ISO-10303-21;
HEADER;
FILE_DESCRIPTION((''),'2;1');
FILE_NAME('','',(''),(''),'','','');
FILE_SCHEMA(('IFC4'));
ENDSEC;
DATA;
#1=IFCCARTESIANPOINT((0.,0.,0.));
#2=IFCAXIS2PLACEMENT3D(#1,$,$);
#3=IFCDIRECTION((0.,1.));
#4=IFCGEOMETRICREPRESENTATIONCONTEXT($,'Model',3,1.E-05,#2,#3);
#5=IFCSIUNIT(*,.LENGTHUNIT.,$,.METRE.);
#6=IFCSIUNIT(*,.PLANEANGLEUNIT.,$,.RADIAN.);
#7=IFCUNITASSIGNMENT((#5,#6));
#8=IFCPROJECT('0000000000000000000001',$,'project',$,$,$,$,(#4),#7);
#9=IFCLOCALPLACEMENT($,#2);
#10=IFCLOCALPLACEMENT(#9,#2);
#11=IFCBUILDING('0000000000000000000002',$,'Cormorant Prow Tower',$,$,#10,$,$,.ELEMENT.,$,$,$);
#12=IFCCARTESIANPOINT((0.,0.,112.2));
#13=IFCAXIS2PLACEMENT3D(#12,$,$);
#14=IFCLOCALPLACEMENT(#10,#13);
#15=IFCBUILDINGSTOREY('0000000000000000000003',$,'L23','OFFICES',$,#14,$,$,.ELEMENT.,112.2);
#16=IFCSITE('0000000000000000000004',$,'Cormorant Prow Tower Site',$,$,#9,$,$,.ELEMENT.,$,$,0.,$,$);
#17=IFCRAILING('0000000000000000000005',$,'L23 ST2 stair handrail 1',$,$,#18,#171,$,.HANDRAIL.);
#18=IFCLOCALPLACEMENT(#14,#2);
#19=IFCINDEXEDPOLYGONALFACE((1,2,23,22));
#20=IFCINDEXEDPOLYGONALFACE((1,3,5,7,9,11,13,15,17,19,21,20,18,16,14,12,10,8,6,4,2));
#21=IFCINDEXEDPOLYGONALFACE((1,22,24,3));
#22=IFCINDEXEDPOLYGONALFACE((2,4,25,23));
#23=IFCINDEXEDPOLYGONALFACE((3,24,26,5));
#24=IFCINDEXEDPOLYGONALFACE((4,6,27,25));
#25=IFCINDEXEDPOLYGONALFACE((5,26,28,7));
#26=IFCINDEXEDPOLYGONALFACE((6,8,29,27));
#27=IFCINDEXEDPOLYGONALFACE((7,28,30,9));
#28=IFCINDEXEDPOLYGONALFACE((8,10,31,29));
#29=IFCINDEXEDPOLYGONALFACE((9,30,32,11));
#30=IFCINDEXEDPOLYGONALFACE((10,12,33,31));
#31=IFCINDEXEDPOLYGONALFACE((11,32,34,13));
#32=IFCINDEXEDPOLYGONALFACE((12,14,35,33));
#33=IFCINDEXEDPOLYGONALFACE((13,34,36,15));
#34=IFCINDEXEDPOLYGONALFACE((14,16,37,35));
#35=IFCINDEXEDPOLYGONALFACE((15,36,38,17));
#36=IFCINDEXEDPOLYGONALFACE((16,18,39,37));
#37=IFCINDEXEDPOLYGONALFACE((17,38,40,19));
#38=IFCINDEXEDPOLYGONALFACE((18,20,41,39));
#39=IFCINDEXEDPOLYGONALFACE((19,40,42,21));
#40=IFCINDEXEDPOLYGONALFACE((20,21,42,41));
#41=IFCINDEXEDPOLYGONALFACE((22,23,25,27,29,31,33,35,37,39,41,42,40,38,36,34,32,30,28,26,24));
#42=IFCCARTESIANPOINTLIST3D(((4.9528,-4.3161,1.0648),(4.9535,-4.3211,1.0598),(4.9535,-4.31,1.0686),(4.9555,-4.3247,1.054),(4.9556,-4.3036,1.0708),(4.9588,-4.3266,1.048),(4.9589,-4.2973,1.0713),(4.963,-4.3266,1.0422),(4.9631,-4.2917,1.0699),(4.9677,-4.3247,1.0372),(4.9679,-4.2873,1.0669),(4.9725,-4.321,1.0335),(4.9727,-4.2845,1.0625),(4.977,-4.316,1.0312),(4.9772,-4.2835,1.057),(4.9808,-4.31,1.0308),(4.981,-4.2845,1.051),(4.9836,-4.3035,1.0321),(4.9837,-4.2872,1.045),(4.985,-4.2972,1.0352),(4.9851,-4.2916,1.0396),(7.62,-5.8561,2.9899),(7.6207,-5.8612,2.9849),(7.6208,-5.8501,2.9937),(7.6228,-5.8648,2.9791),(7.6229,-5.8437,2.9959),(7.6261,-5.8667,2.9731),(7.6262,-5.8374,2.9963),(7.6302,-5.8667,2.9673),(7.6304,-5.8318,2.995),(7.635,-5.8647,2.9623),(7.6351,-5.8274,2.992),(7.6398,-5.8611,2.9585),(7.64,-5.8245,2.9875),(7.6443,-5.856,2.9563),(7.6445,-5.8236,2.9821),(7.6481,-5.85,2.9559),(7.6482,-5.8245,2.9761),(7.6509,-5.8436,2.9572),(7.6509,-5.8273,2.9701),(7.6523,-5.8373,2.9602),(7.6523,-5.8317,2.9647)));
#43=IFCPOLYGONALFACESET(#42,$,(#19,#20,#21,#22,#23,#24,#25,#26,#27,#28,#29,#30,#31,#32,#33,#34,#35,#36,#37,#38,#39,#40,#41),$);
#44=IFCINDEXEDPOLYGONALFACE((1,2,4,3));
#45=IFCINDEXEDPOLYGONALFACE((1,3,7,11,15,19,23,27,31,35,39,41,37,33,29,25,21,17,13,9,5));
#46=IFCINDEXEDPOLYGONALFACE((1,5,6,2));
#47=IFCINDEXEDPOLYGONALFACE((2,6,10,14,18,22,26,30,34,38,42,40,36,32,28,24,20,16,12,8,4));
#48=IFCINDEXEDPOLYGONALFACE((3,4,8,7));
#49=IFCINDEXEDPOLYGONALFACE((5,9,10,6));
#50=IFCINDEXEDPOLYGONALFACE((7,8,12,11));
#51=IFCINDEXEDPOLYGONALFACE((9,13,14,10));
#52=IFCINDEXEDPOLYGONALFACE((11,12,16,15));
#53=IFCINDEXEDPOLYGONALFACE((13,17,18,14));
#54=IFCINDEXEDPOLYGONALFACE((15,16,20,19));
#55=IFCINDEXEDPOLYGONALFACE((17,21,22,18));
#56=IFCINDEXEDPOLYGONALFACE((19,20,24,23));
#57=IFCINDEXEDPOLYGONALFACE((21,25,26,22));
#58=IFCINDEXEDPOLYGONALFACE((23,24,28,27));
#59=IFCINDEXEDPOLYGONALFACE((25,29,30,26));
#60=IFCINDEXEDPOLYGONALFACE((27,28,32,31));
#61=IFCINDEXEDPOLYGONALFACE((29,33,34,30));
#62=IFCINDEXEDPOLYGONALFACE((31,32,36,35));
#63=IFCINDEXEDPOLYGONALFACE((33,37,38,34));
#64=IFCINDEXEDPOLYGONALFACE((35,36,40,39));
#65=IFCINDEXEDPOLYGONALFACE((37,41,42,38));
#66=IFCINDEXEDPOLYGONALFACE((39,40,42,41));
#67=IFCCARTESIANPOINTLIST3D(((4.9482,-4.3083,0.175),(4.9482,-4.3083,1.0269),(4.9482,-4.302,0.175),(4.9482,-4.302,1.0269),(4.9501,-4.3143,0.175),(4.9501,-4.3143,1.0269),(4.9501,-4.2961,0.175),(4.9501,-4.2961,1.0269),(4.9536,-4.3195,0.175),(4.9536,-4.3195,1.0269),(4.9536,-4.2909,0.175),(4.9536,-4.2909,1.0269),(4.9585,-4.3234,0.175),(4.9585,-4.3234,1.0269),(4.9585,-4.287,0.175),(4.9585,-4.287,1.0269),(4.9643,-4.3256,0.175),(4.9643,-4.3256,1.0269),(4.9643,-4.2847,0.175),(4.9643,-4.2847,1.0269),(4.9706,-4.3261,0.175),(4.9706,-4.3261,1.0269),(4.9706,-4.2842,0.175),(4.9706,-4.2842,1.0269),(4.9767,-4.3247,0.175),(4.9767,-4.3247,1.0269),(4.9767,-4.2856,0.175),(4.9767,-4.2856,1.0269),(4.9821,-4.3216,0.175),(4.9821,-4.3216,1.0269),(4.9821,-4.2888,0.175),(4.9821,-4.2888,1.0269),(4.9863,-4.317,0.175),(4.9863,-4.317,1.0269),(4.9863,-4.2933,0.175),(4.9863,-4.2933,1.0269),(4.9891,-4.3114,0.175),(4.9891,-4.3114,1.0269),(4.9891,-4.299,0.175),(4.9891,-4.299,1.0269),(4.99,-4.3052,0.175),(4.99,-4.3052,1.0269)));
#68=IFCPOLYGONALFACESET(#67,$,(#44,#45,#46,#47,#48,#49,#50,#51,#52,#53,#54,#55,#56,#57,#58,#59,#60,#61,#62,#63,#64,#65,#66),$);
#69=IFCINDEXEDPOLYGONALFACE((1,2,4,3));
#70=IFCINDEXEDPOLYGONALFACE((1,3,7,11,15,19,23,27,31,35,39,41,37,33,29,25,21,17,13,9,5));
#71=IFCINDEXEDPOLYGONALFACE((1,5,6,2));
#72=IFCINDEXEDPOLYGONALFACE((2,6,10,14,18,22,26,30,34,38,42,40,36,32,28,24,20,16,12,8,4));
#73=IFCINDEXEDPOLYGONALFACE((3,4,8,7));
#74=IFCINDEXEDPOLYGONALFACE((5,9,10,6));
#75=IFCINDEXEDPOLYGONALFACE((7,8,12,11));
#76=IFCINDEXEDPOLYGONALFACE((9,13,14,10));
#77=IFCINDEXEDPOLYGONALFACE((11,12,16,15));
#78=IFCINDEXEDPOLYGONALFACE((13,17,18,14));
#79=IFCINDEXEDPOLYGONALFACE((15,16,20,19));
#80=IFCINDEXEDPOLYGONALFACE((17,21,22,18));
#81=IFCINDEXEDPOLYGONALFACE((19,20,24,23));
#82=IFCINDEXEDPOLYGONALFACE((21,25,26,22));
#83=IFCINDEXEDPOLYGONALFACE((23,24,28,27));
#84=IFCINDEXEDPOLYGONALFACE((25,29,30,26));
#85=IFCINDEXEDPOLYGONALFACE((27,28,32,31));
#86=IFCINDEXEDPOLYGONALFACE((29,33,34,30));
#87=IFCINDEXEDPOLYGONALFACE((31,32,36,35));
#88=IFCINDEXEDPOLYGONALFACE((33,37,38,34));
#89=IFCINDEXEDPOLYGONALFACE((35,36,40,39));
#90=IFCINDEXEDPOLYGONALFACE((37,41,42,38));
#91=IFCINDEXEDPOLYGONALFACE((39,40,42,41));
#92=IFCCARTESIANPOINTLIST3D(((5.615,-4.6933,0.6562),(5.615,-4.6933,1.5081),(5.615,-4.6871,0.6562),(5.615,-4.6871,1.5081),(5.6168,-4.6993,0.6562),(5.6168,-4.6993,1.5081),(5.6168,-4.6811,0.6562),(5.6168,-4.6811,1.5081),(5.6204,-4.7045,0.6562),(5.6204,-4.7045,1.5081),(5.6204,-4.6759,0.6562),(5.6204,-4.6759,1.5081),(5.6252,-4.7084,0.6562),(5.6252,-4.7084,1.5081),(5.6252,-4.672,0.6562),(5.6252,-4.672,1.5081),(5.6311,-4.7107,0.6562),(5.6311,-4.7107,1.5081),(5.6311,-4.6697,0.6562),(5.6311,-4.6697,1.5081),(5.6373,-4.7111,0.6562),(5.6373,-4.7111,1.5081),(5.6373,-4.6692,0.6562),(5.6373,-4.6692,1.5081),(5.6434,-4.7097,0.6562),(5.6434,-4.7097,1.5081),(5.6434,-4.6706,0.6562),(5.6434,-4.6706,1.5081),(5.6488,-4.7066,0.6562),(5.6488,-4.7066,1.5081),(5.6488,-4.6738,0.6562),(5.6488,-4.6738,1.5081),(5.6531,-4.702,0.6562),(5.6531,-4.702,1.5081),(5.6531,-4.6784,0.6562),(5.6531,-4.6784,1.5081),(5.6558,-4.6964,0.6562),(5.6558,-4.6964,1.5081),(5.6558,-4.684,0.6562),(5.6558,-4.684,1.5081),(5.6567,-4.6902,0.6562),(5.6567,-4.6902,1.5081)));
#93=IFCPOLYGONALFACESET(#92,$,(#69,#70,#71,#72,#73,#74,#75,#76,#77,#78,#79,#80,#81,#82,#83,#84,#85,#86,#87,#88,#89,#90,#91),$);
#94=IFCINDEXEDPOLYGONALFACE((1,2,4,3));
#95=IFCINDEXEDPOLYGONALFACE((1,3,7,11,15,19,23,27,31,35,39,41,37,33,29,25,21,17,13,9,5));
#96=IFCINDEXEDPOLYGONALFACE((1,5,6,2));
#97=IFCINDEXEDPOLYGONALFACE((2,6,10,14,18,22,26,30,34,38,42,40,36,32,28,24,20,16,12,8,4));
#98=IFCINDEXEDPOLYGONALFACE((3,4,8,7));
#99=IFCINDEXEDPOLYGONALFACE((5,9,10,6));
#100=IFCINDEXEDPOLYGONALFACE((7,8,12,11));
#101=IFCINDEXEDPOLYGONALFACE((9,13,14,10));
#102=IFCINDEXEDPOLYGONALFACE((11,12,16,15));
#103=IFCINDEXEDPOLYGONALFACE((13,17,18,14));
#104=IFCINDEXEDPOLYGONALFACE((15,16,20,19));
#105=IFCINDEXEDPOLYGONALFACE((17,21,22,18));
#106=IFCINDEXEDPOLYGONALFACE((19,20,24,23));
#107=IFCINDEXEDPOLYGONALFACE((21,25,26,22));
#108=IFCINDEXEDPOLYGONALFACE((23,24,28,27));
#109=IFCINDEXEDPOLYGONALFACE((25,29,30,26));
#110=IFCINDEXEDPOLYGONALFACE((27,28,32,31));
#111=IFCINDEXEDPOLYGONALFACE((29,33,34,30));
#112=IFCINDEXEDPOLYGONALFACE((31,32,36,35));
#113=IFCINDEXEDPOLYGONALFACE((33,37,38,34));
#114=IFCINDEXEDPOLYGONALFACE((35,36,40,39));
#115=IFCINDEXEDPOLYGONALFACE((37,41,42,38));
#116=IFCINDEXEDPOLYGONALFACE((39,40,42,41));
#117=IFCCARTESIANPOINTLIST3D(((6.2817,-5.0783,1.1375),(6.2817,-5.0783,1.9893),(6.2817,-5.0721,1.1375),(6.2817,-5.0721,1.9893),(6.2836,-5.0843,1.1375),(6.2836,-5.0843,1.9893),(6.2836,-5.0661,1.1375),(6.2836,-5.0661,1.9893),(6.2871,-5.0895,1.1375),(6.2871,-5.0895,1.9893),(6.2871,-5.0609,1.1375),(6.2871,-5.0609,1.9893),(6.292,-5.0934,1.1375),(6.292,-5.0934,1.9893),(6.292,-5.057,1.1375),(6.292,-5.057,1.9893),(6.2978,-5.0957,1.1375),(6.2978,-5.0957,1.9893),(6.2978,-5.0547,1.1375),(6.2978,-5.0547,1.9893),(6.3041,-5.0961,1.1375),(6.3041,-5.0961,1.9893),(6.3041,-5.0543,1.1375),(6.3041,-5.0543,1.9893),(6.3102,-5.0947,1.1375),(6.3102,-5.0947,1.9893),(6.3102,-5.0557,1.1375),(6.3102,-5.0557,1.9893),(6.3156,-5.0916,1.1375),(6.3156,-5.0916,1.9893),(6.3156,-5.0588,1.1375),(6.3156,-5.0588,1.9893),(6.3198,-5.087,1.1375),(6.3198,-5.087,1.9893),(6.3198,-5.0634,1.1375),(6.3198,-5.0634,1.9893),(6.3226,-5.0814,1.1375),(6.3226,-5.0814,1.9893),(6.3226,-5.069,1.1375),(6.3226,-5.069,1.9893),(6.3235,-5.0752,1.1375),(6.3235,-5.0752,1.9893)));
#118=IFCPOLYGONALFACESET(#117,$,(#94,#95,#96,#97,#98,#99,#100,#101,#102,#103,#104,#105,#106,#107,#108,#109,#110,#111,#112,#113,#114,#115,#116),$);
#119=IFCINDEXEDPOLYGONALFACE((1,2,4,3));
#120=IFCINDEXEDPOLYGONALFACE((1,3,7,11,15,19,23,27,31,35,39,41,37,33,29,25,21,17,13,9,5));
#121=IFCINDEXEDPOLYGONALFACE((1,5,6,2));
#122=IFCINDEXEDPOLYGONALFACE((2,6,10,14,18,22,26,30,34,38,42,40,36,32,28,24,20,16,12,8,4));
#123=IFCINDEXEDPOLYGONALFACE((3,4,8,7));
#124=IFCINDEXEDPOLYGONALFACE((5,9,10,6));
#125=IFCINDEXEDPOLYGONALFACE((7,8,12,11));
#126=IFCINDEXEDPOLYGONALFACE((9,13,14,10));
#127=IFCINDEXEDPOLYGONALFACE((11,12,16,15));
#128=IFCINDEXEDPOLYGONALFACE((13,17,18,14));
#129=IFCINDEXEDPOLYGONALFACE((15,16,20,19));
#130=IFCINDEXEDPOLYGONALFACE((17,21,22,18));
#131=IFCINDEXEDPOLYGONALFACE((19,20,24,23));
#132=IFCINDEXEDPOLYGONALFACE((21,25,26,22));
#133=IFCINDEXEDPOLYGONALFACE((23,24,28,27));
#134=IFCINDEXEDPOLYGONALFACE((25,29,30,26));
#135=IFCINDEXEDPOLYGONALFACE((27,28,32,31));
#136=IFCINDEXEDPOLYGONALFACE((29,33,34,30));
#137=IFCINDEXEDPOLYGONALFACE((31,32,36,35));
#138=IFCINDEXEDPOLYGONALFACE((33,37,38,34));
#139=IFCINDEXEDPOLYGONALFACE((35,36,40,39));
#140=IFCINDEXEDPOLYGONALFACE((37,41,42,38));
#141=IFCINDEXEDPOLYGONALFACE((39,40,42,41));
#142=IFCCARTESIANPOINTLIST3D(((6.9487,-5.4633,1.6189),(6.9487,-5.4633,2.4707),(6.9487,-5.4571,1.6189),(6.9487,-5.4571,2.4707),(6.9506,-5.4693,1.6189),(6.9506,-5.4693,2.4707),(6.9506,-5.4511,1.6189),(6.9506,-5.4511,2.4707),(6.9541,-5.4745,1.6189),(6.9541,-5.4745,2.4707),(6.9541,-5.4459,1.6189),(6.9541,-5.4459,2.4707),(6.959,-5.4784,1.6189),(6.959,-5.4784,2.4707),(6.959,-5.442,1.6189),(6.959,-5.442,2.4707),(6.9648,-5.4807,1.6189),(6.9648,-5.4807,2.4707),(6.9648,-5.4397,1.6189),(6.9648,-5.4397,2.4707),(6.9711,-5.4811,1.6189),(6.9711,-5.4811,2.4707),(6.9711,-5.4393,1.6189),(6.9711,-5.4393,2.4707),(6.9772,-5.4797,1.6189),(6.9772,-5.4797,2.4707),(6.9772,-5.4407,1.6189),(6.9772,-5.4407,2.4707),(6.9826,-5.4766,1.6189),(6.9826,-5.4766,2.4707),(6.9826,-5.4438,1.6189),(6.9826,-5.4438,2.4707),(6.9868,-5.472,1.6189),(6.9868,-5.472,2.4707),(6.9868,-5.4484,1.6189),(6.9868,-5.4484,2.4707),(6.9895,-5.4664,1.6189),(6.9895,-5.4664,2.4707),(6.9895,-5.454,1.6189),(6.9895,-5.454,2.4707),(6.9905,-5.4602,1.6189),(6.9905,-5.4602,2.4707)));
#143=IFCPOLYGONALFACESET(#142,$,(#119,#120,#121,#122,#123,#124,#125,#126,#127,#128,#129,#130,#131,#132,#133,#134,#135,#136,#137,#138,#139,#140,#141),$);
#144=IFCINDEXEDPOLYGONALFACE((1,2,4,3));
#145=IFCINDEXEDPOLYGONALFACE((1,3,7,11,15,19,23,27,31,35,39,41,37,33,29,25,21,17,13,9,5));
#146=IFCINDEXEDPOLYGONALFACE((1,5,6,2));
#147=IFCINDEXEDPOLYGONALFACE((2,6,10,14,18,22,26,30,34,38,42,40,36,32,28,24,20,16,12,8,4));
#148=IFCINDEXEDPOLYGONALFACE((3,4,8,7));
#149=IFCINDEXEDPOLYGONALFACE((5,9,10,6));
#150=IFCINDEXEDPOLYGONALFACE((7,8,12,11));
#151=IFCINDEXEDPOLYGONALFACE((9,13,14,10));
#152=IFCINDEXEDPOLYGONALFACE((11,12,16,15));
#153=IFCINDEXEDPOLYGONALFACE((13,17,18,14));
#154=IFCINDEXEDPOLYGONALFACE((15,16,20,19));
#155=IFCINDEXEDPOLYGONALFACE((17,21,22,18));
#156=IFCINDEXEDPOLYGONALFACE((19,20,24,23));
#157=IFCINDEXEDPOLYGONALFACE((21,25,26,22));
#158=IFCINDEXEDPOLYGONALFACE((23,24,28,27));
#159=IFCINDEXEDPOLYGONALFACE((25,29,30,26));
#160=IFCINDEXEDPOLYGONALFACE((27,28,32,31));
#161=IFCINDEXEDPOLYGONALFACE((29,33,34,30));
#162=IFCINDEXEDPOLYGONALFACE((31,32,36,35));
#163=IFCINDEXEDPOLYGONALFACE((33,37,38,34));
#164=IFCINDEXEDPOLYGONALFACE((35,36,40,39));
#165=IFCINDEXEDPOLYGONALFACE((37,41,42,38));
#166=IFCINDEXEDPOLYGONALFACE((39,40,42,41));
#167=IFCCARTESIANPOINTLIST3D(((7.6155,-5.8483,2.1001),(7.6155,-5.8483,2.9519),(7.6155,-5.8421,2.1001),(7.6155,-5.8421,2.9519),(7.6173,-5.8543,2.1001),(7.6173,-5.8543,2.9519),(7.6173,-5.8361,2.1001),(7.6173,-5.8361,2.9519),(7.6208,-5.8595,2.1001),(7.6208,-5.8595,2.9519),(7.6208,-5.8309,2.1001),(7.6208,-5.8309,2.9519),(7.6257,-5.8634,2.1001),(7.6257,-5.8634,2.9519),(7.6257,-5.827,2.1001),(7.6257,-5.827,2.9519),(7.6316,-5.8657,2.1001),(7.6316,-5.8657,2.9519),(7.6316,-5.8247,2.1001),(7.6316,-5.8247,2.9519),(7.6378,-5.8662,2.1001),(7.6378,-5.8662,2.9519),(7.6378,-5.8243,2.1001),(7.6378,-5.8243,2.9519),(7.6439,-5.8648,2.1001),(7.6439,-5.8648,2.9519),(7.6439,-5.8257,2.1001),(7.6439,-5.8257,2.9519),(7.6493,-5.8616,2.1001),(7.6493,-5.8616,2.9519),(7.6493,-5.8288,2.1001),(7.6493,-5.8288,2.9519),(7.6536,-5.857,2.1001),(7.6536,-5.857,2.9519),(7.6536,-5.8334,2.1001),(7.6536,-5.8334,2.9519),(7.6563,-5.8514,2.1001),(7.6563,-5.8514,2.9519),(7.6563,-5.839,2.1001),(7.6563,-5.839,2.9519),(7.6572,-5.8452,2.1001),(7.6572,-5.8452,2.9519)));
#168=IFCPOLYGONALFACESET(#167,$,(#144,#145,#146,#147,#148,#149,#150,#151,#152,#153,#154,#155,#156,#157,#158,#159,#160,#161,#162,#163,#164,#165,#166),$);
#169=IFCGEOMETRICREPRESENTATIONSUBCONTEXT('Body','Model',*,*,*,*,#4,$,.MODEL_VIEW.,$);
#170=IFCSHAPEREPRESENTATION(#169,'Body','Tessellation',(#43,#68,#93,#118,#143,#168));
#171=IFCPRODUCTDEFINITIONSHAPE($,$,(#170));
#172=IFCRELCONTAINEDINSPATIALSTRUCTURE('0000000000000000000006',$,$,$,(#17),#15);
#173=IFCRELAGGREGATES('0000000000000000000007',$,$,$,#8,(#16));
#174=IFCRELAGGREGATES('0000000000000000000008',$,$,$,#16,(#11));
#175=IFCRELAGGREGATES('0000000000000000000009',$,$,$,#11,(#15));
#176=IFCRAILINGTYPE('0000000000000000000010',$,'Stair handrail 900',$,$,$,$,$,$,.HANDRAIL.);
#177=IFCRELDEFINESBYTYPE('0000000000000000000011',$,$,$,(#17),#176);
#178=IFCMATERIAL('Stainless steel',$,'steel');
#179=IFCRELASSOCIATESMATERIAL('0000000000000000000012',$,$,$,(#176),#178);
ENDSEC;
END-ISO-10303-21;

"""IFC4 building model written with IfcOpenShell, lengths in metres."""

from ifc_helpers import new_model, si_unit, direction, frame, origin, origin_2d, place, context, subcontext, project, spatial, circle, extrude, material, type_object, element, save


model = new_model("IFC4")

# Units and contexts
model_context = context("Model", 3, precision=1e-05, world=origin(), true_north=direction((0.0, 1.0)))
body_context = subcontext(model_context, "Body", "Model", "MODEL_VIEW")
ifc_project = project(units=[si_unit("LENGTHUNIT", "METRE"), si_unit("PLANEANGLEUNIT", "RADIAN")], contexts=[model_context])

# Site, building, storey
site_placement = place(None, origin())
site = spatial("IfcSite", under=ifc_project, at=site_placement, Name="Cormorant Prow Tower Site", CompositionType="ELEMENT", RefElevation=0.0)
building_placement = place(site_placement, origin())
building = spatial("IfcBuilding", under=site, at=building_placement, Name="Cormorant Prow Tower", CompositionType="ELEMENT")
storey_placement = place(building_placement, frame((0.0, 0.0, 112.2)))
storey = spatial("IfcBuildingStorey", under=building, at=storey_placement, Name="L23", Description="OFFICES", CompositionType="ELEMENT", Elevation=112.2)

# Railing
ifc_material_1 = material(Name="Stainless steel", Category="steel")
railing_type_1 = type_object("IfcRailingType", Name="Stair handrail 900", PredefinedType="HANDRAIL", material=ifc_material_1)
railing_1_placement = place(storey_placement, frame((4.969, -4.3052, 0.175)))
element("IfcRailing", 1, at=railing_1_placement, inside=storey, type_object=railing_type_1, Name="L23 ST2 stair handrail 1", PredefinedType="HANDRAIL", context=body_context, shape_type="SweptSolid", body=[
    extrude(circle(Radius=0.0239, at=origin_2d()), frame((0.0, 0.0, 0.876), z_axis=(0.734364, -0.424015, 0.530019), x_axis=(0.500027, 0.86601, 0.0)), (0.0, 0.0, 1.0), 3.6321),
    extrude(circle(Radius=0.021, at=origin_2d()), origin(), (0.0, 0.0, 1.0), 0.8518),
    extrude(circle(Radius=0.021, at=origin_2d()), frame((0.6667, -0.385, 0.4812)), (0.0, 0.0, 1.0), 0.8518),
    extrude(circle(Radius=0.021, at=origin_2d()), frame((1.3335, -0.77, 0.9624)), (0.0, 0.0, 1.0), 0.8518),
    extrude(circle(Radius=0.021, at=origin_2d()), frame((2.0005, -1.155, 1.4438)), (0.0, 0.0, 1.0), 0.8518),
    extrude(circle(Radius=0.021, at=origin_2d()), frame((2.6672, -1.54, 1.925)), (0.0, 0.0, 1.0), 0.8518),
])

save(model, "model.ifc")
